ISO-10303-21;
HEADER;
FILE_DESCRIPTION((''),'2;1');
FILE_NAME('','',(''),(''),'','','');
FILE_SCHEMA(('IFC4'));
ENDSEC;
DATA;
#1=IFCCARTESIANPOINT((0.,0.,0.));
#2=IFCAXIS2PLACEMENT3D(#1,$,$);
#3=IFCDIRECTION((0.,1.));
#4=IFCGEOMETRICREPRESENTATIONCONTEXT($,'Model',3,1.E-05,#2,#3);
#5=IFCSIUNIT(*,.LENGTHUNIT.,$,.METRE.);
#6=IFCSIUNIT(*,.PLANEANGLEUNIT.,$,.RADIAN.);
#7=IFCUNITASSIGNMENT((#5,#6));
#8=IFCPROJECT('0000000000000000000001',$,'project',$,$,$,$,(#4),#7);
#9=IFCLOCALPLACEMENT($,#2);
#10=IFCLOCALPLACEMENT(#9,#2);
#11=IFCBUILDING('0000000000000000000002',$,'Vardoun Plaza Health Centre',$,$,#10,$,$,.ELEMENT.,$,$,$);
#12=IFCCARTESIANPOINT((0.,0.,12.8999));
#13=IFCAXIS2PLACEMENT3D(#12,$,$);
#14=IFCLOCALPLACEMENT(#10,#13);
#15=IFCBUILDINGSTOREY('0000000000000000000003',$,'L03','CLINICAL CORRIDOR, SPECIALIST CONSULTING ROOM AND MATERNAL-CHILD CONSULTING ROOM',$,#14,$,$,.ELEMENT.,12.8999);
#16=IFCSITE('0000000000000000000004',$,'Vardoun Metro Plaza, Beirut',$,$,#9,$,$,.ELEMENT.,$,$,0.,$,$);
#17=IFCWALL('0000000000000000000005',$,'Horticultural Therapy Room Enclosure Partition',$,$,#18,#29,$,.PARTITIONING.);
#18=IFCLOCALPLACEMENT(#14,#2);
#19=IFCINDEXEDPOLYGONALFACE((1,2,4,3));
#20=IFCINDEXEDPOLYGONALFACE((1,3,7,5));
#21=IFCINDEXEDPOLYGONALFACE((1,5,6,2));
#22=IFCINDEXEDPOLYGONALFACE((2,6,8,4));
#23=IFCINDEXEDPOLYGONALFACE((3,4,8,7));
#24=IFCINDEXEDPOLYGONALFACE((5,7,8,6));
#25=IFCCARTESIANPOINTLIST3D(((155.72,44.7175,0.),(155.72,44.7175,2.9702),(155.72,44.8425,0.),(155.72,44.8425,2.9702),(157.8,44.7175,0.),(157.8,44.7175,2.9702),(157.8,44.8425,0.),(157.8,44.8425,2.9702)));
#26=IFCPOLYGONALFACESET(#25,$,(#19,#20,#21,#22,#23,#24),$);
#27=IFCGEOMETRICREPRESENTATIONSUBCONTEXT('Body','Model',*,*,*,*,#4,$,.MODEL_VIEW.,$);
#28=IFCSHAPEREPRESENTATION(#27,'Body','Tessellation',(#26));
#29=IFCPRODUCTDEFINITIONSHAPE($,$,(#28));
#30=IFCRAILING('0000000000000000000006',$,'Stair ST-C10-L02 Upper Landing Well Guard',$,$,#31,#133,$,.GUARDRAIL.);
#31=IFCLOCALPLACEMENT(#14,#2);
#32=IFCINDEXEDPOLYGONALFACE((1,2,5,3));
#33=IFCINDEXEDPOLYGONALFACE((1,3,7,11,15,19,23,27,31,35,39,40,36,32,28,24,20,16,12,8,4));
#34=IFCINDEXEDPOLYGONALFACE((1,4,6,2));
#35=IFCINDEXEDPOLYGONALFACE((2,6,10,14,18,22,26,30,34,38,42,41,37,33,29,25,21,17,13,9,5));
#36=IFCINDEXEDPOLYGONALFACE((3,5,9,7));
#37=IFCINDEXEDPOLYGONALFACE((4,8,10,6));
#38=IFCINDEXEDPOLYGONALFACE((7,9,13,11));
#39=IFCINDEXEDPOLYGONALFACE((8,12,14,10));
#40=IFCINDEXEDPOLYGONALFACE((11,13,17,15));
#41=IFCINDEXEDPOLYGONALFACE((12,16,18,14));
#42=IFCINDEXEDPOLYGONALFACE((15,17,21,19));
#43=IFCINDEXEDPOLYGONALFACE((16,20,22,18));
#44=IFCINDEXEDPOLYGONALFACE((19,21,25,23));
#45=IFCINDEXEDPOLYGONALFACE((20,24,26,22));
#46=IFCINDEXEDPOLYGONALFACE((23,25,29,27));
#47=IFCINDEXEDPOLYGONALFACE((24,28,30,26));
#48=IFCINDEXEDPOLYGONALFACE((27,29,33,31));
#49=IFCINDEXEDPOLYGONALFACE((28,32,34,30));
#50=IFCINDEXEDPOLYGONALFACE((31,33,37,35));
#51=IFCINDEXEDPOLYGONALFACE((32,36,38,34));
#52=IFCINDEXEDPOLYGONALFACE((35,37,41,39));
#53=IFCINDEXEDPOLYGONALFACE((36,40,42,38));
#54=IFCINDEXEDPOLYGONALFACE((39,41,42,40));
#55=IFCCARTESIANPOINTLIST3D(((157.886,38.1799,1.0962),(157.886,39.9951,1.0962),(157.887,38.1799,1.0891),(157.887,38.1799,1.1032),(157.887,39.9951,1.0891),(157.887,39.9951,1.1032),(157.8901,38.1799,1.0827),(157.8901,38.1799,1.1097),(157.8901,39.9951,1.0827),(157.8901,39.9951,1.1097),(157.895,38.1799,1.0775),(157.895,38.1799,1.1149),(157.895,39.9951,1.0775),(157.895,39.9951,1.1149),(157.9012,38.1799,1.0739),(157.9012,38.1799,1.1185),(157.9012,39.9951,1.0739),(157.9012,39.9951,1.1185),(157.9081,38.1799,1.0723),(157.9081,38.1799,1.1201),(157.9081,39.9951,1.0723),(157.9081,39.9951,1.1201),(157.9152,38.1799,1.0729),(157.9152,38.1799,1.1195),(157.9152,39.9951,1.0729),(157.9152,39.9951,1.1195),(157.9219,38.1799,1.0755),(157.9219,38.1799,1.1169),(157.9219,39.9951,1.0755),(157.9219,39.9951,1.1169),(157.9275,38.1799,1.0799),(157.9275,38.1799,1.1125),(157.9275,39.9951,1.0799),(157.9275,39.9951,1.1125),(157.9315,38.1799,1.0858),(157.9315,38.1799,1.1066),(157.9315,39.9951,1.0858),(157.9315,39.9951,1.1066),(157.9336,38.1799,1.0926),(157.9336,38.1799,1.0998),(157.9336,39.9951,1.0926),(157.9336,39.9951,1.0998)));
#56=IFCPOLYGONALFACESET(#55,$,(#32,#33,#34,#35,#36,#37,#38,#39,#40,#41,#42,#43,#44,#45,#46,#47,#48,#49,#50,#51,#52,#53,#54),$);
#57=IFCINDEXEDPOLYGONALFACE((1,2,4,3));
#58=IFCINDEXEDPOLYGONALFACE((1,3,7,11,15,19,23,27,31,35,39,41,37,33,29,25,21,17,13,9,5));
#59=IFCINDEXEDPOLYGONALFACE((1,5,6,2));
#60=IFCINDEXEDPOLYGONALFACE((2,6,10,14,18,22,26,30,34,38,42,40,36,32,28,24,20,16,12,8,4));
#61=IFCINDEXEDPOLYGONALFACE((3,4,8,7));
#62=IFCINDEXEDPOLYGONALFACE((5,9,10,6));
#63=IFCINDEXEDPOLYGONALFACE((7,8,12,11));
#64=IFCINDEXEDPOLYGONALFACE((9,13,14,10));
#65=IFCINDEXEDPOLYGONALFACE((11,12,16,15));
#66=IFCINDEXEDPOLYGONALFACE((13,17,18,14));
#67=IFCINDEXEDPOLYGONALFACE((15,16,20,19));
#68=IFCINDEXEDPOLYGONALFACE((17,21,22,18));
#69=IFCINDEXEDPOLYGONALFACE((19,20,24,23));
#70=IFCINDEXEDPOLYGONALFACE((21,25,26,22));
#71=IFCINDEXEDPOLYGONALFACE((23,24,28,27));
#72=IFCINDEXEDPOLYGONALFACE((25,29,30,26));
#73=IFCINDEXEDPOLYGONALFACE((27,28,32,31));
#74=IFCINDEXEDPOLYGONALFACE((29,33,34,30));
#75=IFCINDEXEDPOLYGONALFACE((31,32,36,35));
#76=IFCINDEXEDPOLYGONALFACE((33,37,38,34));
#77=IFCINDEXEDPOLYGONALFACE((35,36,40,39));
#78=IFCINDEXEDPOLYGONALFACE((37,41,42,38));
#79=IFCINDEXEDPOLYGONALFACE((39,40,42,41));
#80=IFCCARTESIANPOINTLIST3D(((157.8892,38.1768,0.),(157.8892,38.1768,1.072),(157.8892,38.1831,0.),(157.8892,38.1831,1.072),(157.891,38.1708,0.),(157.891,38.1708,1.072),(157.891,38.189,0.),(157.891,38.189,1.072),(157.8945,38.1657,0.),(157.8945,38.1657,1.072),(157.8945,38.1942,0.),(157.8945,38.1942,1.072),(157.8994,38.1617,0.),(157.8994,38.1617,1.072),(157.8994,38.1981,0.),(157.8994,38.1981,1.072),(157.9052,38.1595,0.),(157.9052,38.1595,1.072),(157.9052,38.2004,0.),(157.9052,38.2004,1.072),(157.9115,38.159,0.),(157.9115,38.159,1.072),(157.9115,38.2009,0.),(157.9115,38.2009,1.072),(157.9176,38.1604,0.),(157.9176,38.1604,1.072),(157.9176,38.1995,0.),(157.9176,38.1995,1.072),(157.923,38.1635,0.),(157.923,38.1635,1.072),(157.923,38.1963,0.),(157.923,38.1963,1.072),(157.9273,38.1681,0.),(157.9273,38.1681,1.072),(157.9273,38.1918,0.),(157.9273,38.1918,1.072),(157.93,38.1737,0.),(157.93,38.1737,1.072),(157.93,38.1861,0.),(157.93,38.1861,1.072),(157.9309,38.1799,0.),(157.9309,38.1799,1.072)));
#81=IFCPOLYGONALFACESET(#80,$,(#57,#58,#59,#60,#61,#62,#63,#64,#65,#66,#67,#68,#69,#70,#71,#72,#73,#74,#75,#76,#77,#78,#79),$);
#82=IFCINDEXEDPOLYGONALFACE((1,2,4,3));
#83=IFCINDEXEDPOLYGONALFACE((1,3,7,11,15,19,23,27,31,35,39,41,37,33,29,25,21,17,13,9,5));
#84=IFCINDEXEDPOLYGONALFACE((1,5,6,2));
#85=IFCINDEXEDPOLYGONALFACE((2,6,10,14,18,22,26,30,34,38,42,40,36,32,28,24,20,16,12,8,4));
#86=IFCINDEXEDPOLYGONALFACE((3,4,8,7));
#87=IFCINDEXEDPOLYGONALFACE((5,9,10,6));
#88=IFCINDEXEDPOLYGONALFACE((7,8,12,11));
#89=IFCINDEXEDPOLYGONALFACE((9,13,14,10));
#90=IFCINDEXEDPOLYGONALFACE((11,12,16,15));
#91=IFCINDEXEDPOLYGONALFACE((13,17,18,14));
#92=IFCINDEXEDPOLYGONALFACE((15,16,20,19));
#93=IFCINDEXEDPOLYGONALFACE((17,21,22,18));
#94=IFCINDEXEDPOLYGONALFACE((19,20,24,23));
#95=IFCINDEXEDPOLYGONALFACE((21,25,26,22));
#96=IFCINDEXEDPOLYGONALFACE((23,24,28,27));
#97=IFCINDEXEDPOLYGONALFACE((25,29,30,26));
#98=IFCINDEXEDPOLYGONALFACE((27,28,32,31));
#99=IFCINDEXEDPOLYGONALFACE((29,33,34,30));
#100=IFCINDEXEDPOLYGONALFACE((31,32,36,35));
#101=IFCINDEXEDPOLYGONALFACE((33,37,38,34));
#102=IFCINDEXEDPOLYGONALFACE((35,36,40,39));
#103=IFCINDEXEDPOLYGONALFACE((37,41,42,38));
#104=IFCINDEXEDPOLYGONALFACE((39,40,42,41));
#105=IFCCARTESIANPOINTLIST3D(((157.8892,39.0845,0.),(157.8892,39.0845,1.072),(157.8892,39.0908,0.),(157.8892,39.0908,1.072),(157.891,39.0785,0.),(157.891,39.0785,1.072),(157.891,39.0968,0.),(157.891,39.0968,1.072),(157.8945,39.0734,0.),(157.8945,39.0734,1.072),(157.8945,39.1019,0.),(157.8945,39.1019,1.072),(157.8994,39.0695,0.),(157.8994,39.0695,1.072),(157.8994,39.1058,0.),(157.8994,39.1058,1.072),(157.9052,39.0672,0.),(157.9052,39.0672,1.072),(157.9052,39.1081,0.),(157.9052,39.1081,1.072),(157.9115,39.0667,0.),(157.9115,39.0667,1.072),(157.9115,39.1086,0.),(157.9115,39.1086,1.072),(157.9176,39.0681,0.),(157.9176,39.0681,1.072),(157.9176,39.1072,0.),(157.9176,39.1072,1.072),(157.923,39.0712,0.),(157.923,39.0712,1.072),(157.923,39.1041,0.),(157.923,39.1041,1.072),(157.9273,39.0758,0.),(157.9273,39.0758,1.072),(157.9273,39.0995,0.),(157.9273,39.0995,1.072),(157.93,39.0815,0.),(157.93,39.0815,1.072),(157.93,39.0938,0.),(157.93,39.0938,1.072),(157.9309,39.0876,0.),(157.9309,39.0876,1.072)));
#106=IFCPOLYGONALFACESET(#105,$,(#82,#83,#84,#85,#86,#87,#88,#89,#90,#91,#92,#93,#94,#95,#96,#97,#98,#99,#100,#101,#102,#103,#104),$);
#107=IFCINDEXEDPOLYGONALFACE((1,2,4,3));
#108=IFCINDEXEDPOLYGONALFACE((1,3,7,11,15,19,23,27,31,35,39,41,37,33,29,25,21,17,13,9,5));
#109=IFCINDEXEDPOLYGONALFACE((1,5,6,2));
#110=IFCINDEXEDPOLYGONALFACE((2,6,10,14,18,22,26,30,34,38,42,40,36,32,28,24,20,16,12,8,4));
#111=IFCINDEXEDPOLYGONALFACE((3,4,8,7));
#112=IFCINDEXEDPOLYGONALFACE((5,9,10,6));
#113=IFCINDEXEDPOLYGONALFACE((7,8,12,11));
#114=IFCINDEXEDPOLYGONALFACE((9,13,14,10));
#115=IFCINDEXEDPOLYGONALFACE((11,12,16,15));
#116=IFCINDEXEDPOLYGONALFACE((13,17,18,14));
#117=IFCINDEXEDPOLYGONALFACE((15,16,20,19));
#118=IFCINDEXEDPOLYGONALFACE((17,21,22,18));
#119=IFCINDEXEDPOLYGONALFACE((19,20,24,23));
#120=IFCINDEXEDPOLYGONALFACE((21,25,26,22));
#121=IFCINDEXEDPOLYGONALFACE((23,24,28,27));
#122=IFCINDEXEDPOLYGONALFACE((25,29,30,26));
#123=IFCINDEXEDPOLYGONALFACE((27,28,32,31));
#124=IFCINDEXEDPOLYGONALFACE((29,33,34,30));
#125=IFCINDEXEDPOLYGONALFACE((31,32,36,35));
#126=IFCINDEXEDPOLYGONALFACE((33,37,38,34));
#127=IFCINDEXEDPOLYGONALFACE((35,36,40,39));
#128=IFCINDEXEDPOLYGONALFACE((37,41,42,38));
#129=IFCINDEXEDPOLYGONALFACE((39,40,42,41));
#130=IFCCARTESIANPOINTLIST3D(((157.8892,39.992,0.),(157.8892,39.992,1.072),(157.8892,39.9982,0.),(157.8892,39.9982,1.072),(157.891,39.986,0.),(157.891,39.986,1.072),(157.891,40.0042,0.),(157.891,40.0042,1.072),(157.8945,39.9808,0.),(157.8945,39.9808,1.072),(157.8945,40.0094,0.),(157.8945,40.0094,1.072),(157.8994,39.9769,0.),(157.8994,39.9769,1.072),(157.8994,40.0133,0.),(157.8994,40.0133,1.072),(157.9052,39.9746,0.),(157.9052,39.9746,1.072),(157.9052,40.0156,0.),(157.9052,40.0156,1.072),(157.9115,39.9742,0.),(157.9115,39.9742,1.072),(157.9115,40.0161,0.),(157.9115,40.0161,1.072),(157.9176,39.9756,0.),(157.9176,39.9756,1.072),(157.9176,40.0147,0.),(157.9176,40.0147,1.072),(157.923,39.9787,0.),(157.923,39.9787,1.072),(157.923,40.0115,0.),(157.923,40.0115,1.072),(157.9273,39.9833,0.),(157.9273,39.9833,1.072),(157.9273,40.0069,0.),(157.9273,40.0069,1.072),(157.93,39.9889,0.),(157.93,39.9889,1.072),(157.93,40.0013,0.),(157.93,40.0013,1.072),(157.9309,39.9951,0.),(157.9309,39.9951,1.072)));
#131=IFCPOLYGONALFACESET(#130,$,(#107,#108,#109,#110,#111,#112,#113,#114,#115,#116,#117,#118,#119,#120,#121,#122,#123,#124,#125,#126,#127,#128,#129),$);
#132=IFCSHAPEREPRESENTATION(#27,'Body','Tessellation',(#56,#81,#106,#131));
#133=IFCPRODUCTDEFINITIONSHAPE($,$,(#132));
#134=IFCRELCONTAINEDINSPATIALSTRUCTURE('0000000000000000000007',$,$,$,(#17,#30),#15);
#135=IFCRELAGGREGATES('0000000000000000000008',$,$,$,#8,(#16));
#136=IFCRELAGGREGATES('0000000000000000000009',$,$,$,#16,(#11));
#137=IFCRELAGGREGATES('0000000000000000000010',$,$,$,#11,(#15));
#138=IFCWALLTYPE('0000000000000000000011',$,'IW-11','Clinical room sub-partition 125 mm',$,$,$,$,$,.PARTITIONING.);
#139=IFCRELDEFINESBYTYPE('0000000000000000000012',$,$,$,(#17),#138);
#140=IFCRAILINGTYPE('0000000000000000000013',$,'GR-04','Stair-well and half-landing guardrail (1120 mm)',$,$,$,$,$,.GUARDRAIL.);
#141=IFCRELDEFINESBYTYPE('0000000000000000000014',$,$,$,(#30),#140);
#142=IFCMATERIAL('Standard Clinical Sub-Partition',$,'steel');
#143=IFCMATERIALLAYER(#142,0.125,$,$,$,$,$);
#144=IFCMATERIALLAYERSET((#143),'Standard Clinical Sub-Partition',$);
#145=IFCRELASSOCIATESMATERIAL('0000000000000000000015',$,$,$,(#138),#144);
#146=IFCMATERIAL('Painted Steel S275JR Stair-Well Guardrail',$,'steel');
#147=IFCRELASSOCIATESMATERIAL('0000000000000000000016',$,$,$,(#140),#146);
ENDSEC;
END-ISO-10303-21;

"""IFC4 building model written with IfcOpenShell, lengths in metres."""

from ifc_helpers import new_model, si_unit, direction, frame, frame_2d, origin, origin_2d, place, context, subcontext, project, spatial, rectangle, circle, extrude, material, layer, layer_set, type_object, element, save


model = new_model("IFC4")

# Units and contexts
model_context = context("Model", 3, precision=1e-05, world=origin(), true_north=direction((0.0, 1.0)))
body_context = subcontext(model_context, "Body", "Model", "MODEL_VIEW")
ifc_project = project(units=[si_unit("LENGTHUNIT", "METRE"), si_unit("PLANEANGLEUNIT", "RADIAN")], contexts=[model_context])

# Site, building, storey
site_placement = place(None, origin())
site = spatial("IfcSite", under=ifc_project, at=site_placement, Name="Vardoun Metro Plaza, Beirut", CompositionType="ELEMENT", RefElevation=0.0)
building_placement = place(site_placement, origin())
building = spatial("IfcBuilding", under=site, at=building_placement, Name="Vardoun Plaza Health Centre", CompositionType="ELEMENT")
storey_placement = place(building_placement, frame((0.0, 0.0, 12.8999)))
storey = spatial("IfcBuildingStorey", under=building, at=storey_placement, Name="L03", Description="CLINICAL CORRIDOR, SPECIALIST CONSULTING ROOM AND MATERNAL-CHILD CONSULTING ROOM", CompositionType="ELEMENT", Elevation=12.8999)

# Wall
ifc_material_1 = material(Name="Standard Clinical Sub-Partition", Category="steel")
ifc_layer_1 = layer(ifc_material_1, 0.125)
ifc_layer_set_1 = layer_set([ifc_layer_1], Name="Standard Clinical Sub-Partition")
wall_type_1 = type_object("IfcWallType", Name="IW-11", Description="Clinical room sub-partition 125 mm", PredefinedType="PARTITIONING", material=ifc_layer_set_1)
wall_1_placement = place(storey_placement, frame((157.8, 44.78, 0.0), z_axis=(0.0, 0.0, 1.0), x_axis=(-1.0, 0.0, 0.0)))
element("IfcWall", 1, at=wall_1_placement, inside=storey, type_object=wall_type_1, Name="Horticultural Therapy Room Enclosure Partition", PredefinedType="PARTITIONING", context=body_context, shape_type="SweptSolid", body=[
    extrude(rectangle(XDim=2.0801, YDim=0.125, at=frame_2d((1.04, 0.0))), origin(), (0.0, 0.0, 1.0), 2.9702),
])

# Railing
ifc_material_2 = material(Name="Painted Steel S275JR Stair-Well Guardrail", Category="steel")
railing_type = type_object("IfcRailingType", Name="GR-04", Description="Stair-well and half-landing guardrail (1120 mm)", PredefinedType="GUARDRAIL", material=ifc_material_2)
railing_placement = place(storey_placement, frame((157.9099, 38.1799, 0.0)))
element("IfcRailing", 2, at=railing_placement, inside=storey, type_object=railing_type, Name="Stair ST-C10-L02 Upper Landing Well Guard", PredefinedType="GUARDRAIL", context=body_context, shape_type="SweptSolid", body=[
    extrude(circle(Radius=0.0239, at=origin_2d()), frame((0.0, 0.0, 1.0962), z_axis=(0.0, 1.0, 0.0), x_axis=(-1.0, 0.0, 0.0)), (0.0, 0.0, 1.0), 1.8152),
    extrude(circle(Radius=0.021, at=origin_2d()), origin(), (0.0, 0.0, 1.0), 1.072),
    extrude(circle(Radius=0.021, at=origin_2d()), frame((0.0, 0.9077, 0.0)), (0.0, 0.0, 1.0), 1.072),
    extrude(circle(Radius=0.021, at=origin_2d()), frame((0.0, 1.8152, 0.0)), (0.0, 0.0, 1.0), 1.072),
])

save(model, "model.ifc")
